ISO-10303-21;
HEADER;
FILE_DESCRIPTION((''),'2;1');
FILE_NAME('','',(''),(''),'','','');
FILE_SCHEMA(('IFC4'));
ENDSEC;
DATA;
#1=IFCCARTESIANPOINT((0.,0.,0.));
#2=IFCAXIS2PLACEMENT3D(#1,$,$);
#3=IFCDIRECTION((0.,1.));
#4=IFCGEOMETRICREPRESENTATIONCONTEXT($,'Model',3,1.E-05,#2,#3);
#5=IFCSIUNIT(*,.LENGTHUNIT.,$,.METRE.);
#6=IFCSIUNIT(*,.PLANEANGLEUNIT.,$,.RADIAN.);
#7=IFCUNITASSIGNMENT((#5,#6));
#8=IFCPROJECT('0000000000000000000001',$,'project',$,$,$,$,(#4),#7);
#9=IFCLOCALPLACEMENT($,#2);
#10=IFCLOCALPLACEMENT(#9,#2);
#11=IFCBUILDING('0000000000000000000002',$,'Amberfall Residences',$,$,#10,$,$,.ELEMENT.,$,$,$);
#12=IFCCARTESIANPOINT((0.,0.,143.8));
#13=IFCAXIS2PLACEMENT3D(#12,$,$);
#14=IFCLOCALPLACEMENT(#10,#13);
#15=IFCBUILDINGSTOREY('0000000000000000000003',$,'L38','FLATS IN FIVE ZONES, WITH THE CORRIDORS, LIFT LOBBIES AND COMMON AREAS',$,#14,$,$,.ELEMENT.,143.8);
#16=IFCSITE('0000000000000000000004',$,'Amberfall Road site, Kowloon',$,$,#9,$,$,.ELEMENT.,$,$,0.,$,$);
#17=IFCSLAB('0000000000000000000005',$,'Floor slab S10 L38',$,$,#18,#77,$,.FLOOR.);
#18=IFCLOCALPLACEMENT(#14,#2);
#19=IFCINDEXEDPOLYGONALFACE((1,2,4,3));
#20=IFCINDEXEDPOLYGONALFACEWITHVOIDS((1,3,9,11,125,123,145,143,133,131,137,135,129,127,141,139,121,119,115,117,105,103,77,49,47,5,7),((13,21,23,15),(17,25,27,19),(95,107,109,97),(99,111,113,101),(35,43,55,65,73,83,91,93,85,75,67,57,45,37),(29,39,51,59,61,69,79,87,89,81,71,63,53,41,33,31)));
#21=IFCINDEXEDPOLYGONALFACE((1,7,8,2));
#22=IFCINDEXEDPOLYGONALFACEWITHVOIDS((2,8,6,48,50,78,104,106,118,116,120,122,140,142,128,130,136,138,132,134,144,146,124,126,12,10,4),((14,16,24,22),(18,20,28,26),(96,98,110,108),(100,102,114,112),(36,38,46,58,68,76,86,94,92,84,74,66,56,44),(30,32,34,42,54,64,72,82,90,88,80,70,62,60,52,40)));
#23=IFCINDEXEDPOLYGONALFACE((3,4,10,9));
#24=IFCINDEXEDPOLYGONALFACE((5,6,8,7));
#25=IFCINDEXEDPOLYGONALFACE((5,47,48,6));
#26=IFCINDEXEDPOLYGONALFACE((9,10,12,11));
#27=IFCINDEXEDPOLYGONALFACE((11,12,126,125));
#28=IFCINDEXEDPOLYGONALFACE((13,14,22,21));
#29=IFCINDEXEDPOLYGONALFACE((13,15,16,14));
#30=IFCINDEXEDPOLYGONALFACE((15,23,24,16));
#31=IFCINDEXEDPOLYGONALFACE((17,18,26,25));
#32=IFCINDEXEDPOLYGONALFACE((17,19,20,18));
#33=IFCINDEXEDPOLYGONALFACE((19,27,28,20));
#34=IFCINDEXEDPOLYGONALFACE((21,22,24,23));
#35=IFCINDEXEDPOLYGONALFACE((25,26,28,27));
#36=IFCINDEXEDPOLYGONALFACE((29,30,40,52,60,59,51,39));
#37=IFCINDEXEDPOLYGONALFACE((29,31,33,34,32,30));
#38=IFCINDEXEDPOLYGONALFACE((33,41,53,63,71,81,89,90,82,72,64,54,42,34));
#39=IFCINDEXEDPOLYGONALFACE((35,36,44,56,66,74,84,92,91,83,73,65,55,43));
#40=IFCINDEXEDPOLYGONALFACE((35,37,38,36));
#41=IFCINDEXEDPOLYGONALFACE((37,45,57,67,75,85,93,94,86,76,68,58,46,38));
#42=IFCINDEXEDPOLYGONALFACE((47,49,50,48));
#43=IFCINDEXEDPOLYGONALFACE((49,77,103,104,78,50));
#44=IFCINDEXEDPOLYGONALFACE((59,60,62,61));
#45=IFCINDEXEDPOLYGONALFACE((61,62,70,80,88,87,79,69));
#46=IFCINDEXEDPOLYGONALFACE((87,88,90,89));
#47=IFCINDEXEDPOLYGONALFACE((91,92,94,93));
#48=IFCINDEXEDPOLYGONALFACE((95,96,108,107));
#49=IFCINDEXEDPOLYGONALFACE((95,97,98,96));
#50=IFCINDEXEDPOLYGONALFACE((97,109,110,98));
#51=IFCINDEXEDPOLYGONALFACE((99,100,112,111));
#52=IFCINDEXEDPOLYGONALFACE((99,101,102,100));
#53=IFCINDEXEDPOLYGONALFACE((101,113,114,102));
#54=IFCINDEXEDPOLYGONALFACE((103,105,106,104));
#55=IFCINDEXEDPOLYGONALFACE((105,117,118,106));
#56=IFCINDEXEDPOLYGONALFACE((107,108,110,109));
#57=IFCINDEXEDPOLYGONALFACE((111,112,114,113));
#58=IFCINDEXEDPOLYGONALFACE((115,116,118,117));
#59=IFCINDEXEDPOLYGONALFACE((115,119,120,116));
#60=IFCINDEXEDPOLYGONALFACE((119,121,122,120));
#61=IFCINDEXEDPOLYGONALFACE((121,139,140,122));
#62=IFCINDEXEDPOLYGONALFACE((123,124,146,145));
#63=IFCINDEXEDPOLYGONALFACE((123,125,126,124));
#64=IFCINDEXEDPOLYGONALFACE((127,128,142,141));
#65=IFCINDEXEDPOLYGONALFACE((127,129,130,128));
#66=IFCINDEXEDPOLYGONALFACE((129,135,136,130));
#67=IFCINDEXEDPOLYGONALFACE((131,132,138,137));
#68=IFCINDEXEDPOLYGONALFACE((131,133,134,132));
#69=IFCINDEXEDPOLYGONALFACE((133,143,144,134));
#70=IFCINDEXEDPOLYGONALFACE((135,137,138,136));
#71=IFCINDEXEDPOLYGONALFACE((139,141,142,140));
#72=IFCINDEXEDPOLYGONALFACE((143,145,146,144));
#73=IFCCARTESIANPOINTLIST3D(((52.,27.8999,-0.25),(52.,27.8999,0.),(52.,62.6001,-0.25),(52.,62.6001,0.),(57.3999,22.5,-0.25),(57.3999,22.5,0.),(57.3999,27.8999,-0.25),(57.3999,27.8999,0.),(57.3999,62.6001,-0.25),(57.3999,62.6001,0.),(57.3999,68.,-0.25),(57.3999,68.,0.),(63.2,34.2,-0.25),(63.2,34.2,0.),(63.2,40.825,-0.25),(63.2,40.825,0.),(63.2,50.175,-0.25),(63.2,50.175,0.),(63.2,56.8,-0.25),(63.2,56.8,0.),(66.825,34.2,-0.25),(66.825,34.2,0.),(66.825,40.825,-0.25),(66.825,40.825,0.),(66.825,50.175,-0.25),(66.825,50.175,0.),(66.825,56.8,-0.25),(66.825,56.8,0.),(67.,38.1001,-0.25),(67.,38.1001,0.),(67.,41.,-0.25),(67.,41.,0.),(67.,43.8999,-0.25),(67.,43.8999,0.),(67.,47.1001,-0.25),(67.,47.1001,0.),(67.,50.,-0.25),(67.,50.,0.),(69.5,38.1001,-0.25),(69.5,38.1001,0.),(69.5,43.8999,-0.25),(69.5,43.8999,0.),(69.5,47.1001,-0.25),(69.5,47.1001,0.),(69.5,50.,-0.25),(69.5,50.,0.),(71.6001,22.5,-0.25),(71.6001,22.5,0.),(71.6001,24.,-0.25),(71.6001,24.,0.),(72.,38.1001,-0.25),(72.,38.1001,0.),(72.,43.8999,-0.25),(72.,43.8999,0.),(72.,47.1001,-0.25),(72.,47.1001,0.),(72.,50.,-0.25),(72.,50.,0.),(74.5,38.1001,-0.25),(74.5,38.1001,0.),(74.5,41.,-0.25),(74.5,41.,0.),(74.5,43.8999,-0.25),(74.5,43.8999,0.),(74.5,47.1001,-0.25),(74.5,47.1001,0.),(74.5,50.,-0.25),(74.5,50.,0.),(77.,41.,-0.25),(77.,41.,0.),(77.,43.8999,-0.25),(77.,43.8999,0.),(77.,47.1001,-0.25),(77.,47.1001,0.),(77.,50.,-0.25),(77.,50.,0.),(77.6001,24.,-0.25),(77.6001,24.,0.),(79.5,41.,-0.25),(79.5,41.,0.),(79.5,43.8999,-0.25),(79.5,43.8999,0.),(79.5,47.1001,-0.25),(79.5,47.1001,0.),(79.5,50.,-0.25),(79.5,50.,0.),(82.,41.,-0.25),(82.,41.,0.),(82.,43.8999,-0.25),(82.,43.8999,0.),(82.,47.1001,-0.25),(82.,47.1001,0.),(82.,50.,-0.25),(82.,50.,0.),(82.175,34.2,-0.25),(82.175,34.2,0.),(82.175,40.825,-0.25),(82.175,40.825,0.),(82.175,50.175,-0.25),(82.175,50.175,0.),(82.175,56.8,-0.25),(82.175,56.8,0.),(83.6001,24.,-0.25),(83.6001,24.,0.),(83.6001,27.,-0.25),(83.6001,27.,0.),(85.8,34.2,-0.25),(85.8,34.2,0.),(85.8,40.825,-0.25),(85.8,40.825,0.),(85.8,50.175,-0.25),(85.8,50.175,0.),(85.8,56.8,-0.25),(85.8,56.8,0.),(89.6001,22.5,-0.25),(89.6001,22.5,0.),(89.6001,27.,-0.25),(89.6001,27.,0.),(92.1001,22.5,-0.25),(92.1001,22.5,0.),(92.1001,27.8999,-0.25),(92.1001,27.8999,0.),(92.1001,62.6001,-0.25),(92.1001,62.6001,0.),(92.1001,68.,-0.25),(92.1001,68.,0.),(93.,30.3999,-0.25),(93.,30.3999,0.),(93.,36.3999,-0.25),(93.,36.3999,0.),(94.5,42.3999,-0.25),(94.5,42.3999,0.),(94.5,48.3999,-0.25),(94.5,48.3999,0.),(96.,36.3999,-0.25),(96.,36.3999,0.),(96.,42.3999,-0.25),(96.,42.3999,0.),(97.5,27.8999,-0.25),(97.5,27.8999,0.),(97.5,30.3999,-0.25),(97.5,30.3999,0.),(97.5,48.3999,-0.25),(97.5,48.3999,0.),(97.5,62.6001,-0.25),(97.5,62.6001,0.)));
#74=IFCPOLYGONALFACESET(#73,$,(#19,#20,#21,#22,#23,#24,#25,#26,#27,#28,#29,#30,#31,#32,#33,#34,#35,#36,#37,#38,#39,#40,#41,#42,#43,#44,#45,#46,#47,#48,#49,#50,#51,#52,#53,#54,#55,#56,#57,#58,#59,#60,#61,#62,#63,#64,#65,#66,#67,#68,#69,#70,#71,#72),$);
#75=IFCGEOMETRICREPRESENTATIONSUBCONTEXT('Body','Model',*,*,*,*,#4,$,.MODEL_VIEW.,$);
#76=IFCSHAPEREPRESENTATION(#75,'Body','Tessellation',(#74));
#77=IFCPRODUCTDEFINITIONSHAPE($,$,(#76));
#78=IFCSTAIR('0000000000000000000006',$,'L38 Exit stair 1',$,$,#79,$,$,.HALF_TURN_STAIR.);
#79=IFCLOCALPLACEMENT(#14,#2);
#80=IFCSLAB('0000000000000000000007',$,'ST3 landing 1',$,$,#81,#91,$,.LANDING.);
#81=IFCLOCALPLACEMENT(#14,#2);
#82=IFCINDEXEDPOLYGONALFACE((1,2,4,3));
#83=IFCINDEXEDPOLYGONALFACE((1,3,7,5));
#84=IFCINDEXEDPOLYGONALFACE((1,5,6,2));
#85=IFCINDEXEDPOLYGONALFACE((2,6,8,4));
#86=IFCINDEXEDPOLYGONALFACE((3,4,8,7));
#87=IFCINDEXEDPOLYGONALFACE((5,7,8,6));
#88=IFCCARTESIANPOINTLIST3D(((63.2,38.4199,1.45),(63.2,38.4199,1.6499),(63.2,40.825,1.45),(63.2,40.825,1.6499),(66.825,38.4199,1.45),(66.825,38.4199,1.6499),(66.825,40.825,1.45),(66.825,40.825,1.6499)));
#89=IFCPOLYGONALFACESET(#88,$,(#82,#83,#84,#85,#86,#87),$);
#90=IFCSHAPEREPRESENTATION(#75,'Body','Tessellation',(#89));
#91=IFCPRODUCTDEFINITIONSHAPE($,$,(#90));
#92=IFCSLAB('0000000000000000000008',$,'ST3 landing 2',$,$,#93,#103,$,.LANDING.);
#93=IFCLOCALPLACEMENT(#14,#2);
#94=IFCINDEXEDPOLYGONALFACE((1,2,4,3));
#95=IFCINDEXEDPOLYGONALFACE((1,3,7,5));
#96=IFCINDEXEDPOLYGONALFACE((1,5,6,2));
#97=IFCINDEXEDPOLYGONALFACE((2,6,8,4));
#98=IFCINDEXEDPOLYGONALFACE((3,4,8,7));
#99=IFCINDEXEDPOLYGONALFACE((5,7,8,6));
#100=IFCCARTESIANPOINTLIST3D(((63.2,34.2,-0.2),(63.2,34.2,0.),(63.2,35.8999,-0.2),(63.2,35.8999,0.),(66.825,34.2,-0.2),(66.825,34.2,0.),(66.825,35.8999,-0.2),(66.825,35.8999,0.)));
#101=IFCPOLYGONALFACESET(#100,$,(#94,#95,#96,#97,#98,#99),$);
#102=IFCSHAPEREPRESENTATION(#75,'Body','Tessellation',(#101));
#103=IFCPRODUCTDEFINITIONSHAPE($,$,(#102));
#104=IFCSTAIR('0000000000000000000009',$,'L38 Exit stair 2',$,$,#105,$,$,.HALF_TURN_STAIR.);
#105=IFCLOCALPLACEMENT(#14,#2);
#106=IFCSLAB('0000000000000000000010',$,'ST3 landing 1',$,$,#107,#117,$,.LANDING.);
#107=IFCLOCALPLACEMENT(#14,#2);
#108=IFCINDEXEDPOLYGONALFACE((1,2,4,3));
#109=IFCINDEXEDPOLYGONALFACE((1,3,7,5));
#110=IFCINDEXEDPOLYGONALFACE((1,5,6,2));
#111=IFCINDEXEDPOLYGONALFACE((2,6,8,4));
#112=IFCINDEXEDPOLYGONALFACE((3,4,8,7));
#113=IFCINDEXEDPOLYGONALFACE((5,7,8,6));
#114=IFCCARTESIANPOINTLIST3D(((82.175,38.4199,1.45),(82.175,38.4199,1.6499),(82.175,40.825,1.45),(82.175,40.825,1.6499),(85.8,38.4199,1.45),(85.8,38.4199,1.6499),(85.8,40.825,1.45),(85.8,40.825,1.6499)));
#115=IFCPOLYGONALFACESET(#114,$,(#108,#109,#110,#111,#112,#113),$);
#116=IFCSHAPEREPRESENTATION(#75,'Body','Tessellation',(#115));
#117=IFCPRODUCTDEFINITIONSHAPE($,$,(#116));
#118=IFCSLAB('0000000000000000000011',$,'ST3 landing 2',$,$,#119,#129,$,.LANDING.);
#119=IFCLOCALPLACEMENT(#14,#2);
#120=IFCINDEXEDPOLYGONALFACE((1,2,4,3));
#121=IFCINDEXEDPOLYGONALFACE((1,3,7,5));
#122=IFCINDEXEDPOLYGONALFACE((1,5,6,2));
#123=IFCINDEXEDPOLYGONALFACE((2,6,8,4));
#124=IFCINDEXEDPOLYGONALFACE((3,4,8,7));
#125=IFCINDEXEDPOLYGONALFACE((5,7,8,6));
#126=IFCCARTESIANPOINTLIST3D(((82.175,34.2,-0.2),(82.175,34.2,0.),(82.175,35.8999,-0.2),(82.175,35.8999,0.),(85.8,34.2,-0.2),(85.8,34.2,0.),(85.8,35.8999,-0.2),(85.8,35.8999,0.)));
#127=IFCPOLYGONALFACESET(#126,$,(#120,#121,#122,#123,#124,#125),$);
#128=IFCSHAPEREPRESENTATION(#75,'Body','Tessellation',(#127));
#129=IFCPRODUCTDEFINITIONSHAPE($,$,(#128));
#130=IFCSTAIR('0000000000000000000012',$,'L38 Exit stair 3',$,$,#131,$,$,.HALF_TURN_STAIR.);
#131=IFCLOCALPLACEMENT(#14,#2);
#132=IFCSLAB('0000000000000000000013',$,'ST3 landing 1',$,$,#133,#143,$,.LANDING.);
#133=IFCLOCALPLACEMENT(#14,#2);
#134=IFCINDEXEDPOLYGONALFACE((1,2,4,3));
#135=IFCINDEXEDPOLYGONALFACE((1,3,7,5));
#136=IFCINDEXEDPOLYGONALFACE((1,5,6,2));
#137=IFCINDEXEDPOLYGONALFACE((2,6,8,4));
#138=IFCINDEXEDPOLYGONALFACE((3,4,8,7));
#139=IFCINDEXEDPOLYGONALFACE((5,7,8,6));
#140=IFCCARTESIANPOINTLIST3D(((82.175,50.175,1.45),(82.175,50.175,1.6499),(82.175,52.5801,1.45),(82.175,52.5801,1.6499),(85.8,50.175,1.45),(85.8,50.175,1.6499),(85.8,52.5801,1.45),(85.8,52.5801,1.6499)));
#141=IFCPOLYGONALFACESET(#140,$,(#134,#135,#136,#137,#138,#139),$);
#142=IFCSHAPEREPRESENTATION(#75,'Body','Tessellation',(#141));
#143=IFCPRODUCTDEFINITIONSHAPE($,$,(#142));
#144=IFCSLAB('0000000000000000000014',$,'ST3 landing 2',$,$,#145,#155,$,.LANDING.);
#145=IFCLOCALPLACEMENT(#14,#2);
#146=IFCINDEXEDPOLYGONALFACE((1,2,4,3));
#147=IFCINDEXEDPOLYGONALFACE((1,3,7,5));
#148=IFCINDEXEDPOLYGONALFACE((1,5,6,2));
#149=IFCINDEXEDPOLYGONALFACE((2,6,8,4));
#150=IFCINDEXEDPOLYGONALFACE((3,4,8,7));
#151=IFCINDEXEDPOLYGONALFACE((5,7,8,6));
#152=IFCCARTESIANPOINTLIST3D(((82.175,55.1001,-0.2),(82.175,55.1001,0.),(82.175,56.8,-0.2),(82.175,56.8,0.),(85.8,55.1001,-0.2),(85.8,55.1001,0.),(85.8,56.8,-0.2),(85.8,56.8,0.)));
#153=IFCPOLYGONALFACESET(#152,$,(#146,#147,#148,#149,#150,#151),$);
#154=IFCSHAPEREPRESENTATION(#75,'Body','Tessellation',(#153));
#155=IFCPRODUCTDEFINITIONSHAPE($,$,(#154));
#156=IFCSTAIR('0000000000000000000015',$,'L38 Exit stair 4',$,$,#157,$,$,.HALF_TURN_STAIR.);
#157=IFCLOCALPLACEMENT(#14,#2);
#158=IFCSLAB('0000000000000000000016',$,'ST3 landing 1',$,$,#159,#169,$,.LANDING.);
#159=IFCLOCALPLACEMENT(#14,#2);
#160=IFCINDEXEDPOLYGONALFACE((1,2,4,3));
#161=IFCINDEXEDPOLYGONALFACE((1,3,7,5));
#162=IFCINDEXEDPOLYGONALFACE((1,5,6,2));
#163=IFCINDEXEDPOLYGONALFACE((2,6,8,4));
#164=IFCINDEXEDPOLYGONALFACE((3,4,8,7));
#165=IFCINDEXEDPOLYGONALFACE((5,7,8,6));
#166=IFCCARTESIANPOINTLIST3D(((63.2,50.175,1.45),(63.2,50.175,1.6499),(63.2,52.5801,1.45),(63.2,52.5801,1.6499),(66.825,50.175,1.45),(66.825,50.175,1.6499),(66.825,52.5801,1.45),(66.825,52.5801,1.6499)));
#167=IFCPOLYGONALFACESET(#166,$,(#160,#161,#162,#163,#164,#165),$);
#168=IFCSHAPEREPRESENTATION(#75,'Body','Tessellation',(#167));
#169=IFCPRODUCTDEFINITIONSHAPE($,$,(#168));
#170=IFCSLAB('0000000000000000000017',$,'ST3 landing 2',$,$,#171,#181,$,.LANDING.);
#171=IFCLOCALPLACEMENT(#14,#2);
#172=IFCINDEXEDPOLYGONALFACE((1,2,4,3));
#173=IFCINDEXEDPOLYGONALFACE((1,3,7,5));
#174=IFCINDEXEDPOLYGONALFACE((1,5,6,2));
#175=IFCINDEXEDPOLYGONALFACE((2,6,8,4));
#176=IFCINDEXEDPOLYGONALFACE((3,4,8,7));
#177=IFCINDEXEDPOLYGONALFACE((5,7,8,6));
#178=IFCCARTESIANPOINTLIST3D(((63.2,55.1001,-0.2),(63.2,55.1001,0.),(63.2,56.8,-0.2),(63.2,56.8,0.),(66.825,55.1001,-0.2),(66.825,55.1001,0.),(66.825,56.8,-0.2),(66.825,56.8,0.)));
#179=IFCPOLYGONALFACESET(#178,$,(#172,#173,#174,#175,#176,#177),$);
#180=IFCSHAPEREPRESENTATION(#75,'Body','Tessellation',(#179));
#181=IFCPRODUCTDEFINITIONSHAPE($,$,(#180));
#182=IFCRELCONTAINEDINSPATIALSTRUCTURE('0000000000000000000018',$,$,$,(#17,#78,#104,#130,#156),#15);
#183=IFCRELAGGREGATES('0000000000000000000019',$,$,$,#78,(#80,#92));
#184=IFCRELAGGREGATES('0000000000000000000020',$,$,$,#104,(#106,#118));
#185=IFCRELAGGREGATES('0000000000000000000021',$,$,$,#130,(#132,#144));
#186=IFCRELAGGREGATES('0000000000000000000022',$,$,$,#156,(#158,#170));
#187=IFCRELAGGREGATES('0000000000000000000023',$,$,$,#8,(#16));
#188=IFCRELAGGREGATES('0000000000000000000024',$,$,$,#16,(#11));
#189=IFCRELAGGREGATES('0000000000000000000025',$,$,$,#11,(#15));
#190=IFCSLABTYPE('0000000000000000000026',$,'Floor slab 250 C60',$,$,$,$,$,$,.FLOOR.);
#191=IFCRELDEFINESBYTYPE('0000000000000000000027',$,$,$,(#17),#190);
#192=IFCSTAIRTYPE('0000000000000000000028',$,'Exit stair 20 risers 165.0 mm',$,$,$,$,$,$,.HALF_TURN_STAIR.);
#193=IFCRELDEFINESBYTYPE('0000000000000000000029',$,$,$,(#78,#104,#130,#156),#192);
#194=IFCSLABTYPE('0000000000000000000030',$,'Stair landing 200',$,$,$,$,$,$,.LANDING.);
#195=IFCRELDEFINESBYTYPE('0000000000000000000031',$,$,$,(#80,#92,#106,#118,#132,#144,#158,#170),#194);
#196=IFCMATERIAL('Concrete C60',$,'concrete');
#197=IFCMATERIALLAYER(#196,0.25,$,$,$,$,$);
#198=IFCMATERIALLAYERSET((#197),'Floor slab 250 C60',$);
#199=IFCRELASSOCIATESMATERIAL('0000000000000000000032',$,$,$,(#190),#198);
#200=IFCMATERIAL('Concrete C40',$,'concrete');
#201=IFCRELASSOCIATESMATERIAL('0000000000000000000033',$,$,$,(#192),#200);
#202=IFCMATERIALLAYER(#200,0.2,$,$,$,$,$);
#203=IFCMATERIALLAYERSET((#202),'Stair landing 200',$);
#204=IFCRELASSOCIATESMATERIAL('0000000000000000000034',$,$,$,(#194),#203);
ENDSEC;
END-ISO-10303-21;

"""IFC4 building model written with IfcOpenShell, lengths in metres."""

from ifc_helpers import new_model, si_unit, direction, frame, origin, place, context, subcontext, project, spatial, polyline, outline, extrude, material, layer, layer_set, type_object, element, aggregate, save


model = new_model("IFC4")

# Units and contexts
model_context = context("Model", 3, precision=1e-05, world=origin(), true_north=direction((0.0, 1.0)))
body_context = subcontext(model_context, "Body", "Model", "MODEL_VIEW")
ifc_project = project(units=[si_unit("LENGTHUNIT", "METRE"), si_unit("PLANEANGLEUNIT", "RADIAN")], contexts=[model_context])

# Site, building, storey
site_placement = place(None, origin())
site = spatial("IfcSite", under=ifc_project, at=site_placement, Name="Amberfall Road site, Kowloon", CompositionType="ELEMENT", RefElevation=0.0)
building_placement = place(site_placement, origin())
building = spatial("IfcBuilding", under=site, at=building_placement, Name="Amberfall Residences", CompositionType="ELEMENT")
storey_placement = place(building_placement, frame((0.0, 0.0, 143.8)))
storey = spatial("IfcBuildingStorey", under=building, at=storey_placement, Name="L38", Description="FLATS IN FIVE ZONES, WITH THE CORRIDORS, LIFT LOBBIES AND COMMON AREAS", CompositionType="ELEMENT", Elevation=143.8)

# Slab
ifc_material_1 = material(Name="Concrete C60", Category="concrete")
ifc_layer_1 = layer(ifc_material_1, 0.25)
ifc_layer_set_1 = layer_set([ifc_layer_1], Name="Floor slab 250 C60")
slab_type_1 = type_object("IfcSlabType", Name="Floor slab 250 C60", PredefinedType="FLOOR", material=ifc_layer_set_1)
slab_1_placement = place(storey_placement, frame((0.0, 0.0, -0.25)))
element("IfcSlab", 1, at=slab_1_placement, inside=storey, type_object=slab_type_1, Name="Floor slab S10 L38", PredefinedType="FLOOR", context=body_context, shape_type="SweptSolid", body=[
    extrude(outline(polyline([(89.6001, 22.5), (89.6001, 27.0), (83.6001, 27.0), (83.6001, 24.0), (77.6001, 24.0), (71.6001, 24.0), (71.6001, 22.5), (57.3999, 22.5), (57.3999, 27.8999), (52.0, 27.8999), (52.0, 62.6001), (57.3999, 62.6001), (57.3999, 68.0), (92.1001, 68.0), (92.1001, 62.6001), (97.5, 62.6001), (97.5, 48.3999), (94.5, 48.3999), (94.5, 42.3999), (96.0, 42.3999), (96.0, 36.3999), (93.0, 36.3999), (93.0, 30.3999), (97.5, 30.3999), (97.5, 27.8999), (92.1001, 27.8999), (92.1001, 22.5), (89.6001, 22.5)]), holes=[polyline([(85.8, 34.2), (85.8, 40.825), (82.175, 40.825), (82.175, 34.2), (85.8, 34.2)]), polyline([(82.175, 50.175), (85.8, 50.175), (85.8, 56.8), (82.175, 56.8), (82.175, 50.175)]), polyline([(69.5, 50.0), (67.0, 50.0), (67.0, 47.1001), (69.5, 47.1001), (72.0, 47.1001), (74.5, 47.1001), (77.0, 47.1001), (79.5, 47.1001), (82.0, 47.1001), (82.0, 50.0), (79.5, 50.0), (77.0, 50.0), (74.5, 50.0), (72.0, 50.0), (69.5, 50.0)]), polyline([(74.5, 41.0), (77.0, 41.0), (79.5, 41.0), (82.0, 41.0), (82.0, 43.8999), (79.5, 43.8999), (77.0, 43.8999), (74.5, 43.8999), (72.0, 43.8999), (69.5, 43.8999), (67.0, 43.8999), (67.0, 41.0), (67.0, 38.1001), (69.5, 38.1001), (72.0, 38.1001), (74.5, 38.1001), (74.5, 41.0)]), polyline([(66.825, 34.2), (66.825, 40.825), (63.2, 40.825), (63.2, 34.2), (66.825, 34.2)]), polyline([(66.825, 50.175), (66.825, 56.8), (63.2, 56.8), (63.2, 50.175), (66.825, 50.175)])]), origin(), (0.0, 0.0, 1.0), 0.25),
])

# Stairs, slabs
ifc_material_2 = material(Name="Concrete C40", Category="concrete")
stair_type = type_object("IfcStairType", Name="Exit stair 20 risers 165.0 mm", PredefinedType="HALF_TURN_STAIR", material=ifc_material_2)
stair_1_placement = place(storey_placement, origin())
stair_1 = element("IfcStair", 2, at=stair_1_placement, inside=storey, type_object=stair_type, Name="L38 Exit stair 1", PredefinedType="HALF_TURN_STAIR")
ifc_layer_2 = layer(ifc_material_2, 0.2)
ifc_layer_set_2 = layer_set([ifc_layer_2], Name="Stair landing 200")
slab_type_2 = type_object("IfcSlabType", Name="Stair landing 200", PredefinedType="LANDING", material=ifc_layer_set_2)
slab_2_placement = place(storey_placement, frame((0.0, 0.0, 1.45)))
slab_2 = element("IfcSlab", 3, at=slab_2_placement, type_object=slab_type_2, Name="ST3 landing 1", PredefinedType="LANDING", context=body_context, shape_type="SweptSolid", body=[
    extrude(outline(polyline([(66.825, 38.4199), (66.825, 40.825), (63.2, 40.825), (63.2, 38.4199), (66.825, 38.4199)])), origin(), (0.0, 0.0, 1.0), 0.2),
])
slab_3_placement = place(storey_placement, frame((0.0, 0.0, -0.2)))
slab_3 = element("IfcSlab", 4, at=slab_3_placement, type_object=slab_type_2, Name="ST3 landing 2", PredefinedType="LANDING", context=body_context, shape_type="SweptSolid", body=[
    extrude(outline(polyline([(66.825, 34.2), (66.825, 35.8999), (63.2, 35.8999), (63.2, 34.2), (66.825, 34.2)])), origin(), (0.0, 0.0, 1.0), 0.2),
])
aggregate(stair_1, [slab_2, slab_3])
stair_2_placement = place(storey_placement, origin())
stair_2 = element("IfcStair", 5, at=stair_2_placement, inside=storey, type_object=stair_type, Name="L38 Exit stair 2", PredefinedType="HALF_TURN_STAIR")
slab_4_placement = place(storey_placement, frame((0.0, 0.0, 1.45)))
slab_4 = element("IfcSlab", 6, at=slab_4_placement, type_object=slab_type_2, Name="ST3 landing 1", PredefinedType="LANDING", context=body_context, shape_type="SweptSolid", body=[
    extrude(outline(polyline([(85.8, 38.4199), (85.8, 40.825), (82.175, 40.825), (82.175, 38.4199), (85.8, 38.4199)])), origin(), (0.0, 0.0, 1.0), 0.2),
])
slab_5_placement = place(storey_placement, frame((0.0, 0.0, -0.2)))
slab_5 = element("IfcSlab", 7, at=slab_5_placement, type_object=slab_type_2, Name="ST3 landing 2", PredefinedType="LANDING", context=body_context, shape_type="SweptSolid", body=[
    extrude(outline(polyline([(85.8, 34.2), (85.8, 35.8999), (82.175, 35.8999), (82.175, 34.2), (85.8, 34.2)])), origin(), (0.0, 0.0, 1.0), 0.2),
])
aggregate(stair_2, [slab_4, slab_5])
stair_3_placement = place(storey_placement, origin())
stair_3 = element("IfcStair", 8, at=stair_3_placement, inside=storey, type_object=stair_type, Name="L38 Exit stair 3", PredefinedType="HALF_TURN_STAIR")
slab_6_placement = place(storey_placement, frame((0.0, 0.0, 1.45)))
slab_6 = element("IfcSlab", 9, at=slab_6_placement, type_object=slab_type_2, Name="ST3 landing 1", PredefinedType="LANDING", context=body_context, shape_type="SweptSolid", body=[
    extrude(outline(polyline([(82.175, 52.5801), (82.175, 50.175), (85.8, 50.175), (85.8, 52.5801), (82.175, 52.5801)])), origin(), (0.0, 0.0, 1.0), 0.2),
])
slab_7_placement = place(storey_placement, frame((0.0, 0.0, -0.2)))
slab_7 = element("IfcSlab", 10, at=slab_7_placement, type_object=slab_type_2, Name="ST3 landing 2", PredefinedType="LANDING", context=body_context, shape_type="SweptSolid", body=[
    extrude(outline(polyline([(82.175, 56.8), (82.175, 55.1001), (85.8, 55.1001), (85.8, 56.8), (82.175, 56.8)])), origin(), (0.0, 0.0, 1.0), 0.2),
])
aggregate(stair_3, [slab_6, slab_7])
stair_4_placement = place(storey_placement, origin())
stair_4 = element("IfcStair", 11, at=stair_4_placement, inside=storey, type_object=stair_type, Name="L38 Exit stair 4", PredefinedType="HALF_TURN_STAIR")
slab_8_placement = place(storey_placement, frame((0.0, 0.0, 1.45)))
slab_8 = element("IfcSlab", 12, at=slab_8_placement, type_object=slab_type_2, Name="ST3 landing 1", PredefinedType="LANDING", context=body_context, shape_type="SweptSolid", body=[
    extrude(outline(polyline([(63.2, 52.5801), (63.2, 50.175), (66.825, 50.175), (66.825, 52.5801), (63.2, 52.5801)])), origin(), (0.0, 0.0, 1.0), 0.2),
])
slab_9_placement = place(storey_placement, frame((0.0, 0.0, -0.2)))
slab_9 = element("IfcSlab", 13, at=slab_9_placement, type_object=slab_type_2, Name="ST3 landing 2", PredefinedType="LANDING", context=body_context, shape_type="SweptSolid", body=[
    extrude(outline(polyline([(63.2, 56.8), (63.2, 55.1001), (66.825, 55.1001), (66.825, 56.8), (63.2, 56.8)])), origin(), (0.0, 0.0, 1.0), 0.2),
])
aggregate(stair_4, [slab_8, slab_9])

save(model, "model.ifc")
